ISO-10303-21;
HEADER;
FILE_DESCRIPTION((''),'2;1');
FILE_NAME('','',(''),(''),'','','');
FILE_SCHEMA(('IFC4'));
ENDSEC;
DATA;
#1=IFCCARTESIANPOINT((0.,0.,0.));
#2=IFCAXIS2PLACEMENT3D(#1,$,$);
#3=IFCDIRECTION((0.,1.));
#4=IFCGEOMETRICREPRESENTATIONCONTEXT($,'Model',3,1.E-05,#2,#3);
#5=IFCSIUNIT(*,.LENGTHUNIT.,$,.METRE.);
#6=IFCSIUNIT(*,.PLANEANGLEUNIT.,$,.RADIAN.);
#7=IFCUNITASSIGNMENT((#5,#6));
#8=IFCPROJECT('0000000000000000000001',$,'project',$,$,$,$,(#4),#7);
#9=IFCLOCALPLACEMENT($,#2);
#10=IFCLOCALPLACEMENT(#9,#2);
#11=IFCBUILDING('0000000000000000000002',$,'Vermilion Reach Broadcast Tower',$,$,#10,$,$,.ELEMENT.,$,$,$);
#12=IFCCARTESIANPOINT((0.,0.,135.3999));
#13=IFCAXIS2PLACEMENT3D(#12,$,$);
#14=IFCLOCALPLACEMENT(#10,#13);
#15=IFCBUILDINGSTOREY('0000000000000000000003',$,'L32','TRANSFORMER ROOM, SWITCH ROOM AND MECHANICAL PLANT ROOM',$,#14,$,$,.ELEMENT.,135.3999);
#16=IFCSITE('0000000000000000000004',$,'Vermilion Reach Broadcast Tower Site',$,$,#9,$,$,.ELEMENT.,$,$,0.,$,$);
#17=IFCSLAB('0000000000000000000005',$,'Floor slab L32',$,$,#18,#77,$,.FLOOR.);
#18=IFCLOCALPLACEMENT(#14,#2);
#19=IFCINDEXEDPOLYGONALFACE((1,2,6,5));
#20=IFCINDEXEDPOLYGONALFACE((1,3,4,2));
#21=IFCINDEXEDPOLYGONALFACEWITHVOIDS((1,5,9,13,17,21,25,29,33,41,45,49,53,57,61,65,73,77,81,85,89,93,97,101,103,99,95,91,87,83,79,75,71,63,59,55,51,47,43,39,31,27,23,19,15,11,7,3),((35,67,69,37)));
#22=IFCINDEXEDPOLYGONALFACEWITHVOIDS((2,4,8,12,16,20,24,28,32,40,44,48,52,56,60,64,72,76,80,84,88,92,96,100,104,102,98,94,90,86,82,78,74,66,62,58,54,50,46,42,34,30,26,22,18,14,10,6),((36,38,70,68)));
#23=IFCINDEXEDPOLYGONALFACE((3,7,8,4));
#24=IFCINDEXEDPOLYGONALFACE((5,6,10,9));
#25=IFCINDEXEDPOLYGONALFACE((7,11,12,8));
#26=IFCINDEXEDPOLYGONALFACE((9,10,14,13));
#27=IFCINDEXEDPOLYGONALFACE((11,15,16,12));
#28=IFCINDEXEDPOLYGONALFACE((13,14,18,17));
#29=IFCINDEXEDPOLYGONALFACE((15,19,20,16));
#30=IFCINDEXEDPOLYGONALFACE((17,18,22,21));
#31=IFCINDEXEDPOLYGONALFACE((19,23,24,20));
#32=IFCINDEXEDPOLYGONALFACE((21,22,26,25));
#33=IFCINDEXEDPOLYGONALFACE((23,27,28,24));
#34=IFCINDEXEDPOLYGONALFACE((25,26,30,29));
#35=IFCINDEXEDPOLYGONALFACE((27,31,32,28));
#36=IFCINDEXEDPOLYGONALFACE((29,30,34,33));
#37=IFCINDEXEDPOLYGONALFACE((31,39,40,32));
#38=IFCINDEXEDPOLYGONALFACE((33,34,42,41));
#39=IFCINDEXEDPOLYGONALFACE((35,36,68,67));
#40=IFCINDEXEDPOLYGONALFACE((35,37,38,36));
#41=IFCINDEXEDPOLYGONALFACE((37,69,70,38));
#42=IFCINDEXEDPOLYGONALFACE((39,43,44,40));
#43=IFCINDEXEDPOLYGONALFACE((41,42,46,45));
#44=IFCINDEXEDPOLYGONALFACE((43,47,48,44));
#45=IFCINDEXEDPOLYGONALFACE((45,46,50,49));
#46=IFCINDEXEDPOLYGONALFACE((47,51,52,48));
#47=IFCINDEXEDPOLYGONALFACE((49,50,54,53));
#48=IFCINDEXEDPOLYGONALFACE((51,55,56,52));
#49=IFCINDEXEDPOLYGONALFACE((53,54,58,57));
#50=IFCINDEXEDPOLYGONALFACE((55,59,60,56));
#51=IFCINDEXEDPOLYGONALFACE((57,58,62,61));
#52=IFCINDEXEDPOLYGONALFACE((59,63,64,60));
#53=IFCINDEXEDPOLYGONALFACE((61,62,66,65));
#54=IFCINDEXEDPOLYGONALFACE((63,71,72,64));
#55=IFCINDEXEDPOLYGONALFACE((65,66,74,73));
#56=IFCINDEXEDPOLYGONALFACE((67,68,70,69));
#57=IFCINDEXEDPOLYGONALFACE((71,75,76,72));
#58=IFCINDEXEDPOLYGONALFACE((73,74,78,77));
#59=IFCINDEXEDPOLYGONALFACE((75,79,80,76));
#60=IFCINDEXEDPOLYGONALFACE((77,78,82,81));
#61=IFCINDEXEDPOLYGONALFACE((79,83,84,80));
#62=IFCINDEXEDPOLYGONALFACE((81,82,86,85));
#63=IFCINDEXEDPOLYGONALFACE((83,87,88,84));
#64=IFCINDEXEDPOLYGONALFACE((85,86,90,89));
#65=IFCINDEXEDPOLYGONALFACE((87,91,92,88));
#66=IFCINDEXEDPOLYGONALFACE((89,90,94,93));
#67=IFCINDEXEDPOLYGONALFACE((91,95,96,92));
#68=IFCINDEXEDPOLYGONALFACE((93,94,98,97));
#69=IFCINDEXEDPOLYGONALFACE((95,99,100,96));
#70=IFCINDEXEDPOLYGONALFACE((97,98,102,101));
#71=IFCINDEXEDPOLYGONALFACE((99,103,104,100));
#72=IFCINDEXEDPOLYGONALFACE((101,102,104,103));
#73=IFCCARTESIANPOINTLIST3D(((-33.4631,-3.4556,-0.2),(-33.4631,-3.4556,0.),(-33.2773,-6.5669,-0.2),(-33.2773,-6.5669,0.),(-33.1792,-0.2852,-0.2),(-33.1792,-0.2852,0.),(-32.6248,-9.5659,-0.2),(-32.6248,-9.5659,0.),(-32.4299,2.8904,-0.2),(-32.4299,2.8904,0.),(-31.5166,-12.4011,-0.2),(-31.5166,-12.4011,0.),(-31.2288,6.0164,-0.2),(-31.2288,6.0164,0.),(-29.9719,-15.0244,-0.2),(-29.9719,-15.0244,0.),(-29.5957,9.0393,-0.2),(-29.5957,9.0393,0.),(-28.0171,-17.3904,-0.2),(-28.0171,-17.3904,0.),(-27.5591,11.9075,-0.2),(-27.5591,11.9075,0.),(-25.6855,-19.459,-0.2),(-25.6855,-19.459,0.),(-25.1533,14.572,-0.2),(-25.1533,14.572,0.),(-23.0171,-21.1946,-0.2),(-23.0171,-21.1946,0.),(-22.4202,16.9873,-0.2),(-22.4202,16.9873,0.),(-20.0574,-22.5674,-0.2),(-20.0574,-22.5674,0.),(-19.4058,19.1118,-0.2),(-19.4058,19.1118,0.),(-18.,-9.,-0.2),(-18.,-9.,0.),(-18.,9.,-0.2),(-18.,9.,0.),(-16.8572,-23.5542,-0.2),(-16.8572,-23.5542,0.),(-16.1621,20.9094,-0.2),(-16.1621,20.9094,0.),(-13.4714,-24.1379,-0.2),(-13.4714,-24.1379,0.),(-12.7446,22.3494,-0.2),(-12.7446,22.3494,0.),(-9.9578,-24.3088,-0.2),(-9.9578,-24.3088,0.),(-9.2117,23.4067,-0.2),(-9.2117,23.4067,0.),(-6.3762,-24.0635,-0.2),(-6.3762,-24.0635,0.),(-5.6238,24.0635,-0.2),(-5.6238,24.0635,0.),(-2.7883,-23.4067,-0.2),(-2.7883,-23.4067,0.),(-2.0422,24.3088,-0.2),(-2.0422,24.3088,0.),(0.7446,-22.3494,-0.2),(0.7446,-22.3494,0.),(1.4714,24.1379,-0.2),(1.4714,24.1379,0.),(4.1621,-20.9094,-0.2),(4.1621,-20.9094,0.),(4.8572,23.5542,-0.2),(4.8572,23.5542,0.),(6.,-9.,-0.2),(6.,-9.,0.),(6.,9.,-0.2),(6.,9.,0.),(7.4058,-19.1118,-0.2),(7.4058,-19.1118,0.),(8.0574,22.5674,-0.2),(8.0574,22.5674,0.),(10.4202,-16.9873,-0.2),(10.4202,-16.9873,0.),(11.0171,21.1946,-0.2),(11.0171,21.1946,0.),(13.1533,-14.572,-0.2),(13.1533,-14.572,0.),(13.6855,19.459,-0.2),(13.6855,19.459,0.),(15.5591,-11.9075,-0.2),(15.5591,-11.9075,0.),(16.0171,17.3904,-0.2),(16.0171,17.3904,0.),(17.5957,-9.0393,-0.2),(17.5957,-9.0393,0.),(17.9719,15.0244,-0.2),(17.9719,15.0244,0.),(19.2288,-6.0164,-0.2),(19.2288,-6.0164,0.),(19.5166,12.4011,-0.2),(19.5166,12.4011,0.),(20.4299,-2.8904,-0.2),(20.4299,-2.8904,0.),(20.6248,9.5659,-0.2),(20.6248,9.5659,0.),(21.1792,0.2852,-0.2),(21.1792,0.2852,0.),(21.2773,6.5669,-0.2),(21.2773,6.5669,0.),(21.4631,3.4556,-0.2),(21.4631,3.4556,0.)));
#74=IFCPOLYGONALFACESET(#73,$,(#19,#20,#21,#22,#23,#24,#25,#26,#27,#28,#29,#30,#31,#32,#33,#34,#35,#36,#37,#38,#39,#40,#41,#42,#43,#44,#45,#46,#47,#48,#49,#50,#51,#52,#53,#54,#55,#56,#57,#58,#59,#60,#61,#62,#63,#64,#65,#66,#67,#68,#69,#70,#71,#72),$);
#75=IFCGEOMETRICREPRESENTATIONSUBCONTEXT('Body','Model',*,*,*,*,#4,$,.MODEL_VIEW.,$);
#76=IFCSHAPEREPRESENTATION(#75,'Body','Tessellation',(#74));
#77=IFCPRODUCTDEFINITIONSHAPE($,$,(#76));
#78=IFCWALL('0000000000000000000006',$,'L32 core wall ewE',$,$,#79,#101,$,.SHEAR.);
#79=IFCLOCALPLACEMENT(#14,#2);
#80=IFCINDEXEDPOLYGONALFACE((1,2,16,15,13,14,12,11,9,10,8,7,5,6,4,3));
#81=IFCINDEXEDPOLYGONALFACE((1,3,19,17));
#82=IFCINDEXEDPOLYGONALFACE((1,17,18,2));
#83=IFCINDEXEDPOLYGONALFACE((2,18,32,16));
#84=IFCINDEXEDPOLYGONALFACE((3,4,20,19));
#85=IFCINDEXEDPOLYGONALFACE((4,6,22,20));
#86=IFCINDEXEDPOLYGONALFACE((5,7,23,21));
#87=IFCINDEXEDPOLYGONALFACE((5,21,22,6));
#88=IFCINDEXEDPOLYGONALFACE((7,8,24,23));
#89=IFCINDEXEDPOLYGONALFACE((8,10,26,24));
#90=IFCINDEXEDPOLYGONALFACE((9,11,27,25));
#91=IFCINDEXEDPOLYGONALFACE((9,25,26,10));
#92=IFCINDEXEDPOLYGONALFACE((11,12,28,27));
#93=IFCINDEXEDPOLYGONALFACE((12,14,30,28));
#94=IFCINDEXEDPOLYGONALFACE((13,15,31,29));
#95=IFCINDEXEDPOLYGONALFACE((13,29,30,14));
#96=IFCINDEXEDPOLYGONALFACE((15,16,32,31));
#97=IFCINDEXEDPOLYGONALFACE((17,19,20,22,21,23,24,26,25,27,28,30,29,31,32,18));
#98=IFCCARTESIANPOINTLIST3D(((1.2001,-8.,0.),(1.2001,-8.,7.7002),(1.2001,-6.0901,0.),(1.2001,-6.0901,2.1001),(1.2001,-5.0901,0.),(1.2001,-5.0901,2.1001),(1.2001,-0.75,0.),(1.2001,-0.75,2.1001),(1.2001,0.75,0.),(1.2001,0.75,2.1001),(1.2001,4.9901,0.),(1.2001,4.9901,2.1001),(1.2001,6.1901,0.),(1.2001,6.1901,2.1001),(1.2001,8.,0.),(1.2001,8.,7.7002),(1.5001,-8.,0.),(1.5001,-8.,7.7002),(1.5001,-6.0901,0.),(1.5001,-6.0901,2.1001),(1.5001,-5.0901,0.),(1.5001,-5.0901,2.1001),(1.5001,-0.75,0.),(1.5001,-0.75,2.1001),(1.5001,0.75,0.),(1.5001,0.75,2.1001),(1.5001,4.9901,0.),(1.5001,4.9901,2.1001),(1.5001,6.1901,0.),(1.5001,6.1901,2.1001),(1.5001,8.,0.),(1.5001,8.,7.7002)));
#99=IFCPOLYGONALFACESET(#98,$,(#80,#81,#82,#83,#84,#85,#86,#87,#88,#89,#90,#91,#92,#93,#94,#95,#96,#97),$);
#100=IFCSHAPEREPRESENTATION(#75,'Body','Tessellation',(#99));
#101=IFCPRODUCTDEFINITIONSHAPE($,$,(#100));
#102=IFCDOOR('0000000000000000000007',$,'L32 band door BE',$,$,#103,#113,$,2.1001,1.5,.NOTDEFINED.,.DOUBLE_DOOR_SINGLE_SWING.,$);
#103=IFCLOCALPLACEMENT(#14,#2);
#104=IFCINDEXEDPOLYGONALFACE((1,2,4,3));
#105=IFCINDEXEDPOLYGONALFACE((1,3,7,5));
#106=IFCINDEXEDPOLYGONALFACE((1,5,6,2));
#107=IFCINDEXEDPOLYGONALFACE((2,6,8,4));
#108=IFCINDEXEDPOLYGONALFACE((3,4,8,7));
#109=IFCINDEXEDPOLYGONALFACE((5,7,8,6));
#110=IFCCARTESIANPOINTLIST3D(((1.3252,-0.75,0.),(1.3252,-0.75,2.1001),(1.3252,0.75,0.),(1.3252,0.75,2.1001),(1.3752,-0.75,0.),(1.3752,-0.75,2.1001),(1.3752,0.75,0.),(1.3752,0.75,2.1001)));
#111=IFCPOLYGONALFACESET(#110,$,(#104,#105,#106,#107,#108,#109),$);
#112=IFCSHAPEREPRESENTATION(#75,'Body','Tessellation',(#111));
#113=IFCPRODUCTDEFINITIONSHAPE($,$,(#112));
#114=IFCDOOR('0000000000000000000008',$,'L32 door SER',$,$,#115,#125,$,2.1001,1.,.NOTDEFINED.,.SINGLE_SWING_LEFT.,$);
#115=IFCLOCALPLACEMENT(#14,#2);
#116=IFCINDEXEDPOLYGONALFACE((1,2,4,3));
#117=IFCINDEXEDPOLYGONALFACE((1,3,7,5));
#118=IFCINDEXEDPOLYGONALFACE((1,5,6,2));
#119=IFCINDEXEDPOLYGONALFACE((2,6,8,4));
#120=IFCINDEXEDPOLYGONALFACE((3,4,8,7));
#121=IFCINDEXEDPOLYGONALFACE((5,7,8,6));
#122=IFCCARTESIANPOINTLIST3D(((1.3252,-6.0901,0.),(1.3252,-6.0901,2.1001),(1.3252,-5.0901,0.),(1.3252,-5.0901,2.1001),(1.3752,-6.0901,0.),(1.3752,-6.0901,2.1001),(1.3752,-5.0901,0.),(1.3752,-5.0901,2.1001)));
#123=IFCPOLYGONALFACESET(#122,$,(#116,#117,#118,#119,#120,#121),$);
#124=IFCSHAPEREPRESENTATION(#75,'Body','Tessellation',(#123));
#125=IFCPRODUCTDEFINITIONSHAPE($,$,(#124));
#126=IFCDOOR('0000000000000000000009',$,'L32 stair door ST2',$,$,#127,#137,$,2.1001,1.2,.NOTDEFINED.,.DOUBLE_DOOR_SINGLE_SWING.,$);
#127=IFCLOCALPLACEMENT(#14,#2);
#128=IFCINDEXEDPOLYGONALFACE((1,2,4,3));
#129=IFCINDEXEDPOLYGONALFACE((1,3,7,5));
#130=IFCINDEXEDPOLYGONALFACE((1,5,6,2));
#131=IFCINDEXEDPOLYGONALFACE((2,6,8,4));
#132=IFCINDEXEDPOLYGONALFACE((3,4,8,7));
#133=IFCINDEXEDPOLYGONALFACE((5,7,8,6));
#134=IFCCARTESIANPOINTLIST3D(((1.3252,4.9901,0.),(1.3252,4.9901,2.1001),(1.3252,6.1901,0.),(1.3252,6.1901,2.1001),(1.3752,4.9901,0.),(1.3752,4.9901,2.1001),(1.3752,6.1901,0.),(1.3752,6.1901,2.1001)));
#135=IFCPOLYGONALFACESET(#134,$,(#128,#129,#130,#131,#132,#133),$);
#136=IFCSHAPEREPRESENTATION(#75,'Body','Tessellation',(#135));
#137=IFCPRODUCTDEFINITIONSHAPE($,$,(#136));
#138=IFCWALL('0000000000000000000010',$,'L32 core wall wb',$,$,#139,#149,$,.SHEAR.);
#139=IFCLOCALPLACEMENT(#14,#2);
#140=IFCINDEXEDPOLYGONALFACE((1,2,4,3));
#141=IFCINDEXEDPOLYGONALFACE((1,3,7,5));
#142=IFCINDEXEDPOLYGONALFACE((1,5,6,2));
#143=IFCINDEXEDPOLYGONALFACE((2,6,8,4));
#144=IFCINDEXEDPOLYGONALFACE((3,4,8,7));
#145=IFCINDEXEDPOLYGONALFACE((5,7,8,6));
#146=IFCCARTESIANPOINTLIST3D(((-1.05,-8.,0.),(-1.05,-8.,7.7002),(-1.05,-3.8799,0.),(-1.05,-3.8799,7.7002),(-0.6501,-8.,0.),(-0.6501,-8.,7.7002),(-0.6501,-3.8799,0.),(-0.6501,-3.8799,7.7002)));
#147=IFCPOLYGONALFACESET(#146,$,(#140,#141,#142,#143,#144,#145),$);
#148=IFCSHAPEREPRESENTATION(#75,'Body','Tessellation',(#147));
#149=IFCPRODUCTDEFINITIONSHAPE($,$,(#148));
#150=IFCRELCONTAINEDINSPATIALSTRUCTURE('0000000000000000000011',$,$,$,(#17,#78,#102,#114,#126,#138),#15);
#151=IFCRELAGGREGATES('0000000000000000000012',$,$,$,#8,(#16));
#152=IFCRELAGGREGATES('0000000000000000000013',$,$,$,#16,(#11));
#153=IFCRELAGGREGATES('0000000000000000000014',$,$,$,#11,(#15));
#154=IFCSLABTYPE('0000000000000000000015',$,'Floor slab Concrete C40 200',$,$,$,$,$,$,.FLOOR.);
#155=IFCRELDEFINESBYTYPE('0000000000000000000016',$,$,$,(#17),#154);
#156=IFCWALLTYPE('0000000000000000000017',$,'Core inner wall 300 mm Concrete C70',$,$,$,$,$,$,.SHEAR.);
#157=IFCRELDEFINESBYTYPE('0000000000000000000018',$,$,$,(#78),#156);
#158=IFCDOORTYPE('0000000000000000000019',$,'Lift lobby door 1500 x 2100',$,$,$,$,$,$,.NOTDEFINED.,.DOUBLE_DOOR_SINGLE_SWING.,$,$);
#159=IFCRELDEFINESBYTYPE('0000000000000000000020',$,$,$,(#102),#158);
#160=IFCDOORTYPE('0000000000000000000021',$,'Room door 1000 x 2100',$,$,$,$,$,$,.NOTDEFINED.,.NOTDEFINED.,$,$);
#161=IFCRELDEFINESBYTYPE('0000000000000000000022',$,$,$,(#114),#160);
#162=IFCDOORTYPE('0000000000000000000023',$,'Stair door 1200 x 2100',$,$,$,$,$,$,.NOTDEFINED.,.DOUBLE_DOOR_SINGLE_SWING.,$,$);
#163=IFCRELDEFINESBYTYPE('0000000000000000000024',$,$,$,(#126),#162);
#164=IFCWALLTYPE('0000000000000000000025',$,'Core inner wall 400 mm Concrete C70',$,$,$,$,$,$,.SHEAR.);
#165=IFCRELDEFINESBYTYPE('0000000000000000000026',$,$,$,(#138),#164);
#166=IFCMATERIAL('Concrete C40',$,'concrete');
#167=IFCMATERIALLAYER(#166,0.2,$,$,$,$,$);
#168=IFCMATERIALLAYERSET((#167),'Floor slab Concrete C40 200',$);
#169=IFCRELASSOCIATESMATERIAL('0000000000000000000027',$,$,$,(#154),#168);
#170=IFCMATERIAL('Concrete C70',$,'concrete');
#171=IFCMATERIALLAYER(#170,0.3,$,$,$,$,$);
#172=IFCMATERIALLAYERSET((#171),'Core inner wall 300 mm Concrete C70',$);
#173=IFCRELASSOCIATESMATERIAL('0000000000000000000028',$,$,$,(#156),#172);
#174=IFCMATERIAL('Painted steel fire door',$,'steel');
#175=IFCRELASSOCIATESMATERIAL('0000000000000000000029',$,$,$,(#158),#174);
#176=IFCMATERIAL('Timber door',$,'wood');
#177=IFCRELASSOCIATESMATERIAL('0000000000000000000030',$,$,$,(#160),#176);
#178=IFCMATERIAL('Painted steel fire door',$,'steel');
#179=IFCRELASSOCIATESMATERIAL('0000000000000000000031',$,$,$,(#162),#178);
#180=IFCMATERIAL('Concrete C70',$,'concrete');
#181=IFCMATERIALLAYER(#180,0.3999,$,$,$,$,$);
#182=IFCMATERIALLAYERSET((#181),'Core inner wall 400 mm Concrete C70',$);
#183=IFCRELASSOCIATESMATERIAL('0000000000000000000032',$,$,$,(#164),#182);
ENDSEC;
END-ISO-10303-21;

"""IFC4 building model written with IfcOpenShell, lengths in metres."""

from ifc_helpers import new_model, si_unit, direction, frame, frame_2d, origin, place, context, subcontext, project, spatial, polyline, rectangle, outline, extrude, material, layer, layer_set, type_object, element, fill, save


model = new_model("IFC4")

# Units and contexts
model_context = context("Model", 3, precision=1e-05, world=origin(), true_north=direction((0.0, 1.0)))
body_context = subcontext(model_context, "Body", "Model", "MODEL_VIEW")
ifc_project = project(units=[si_unit("LENGTHUNIT", "METRE"), si_unit("PLANEANGLEUNIT", "RADIAN")], contexts=[model_context])

# Site, building, storey
site_placement = place(None, origin())
site = spatial("IfcSite", under=ifc_project, at=site_placement, Name="Vermilion Reach Broadcast Tower Site", CompositionType="ELEMENT", RefElevation=0.0)
building_placement = place(site_placement, origin())
building = spatial("IfcBuilding", under=site, at=building_placement, Name="Vermilion Reach Broadcast Tower", CompositionType="ELEMENT")
storey_placement = place(building_placement, frame((0.0, 0.0, 135.3999)))
storey = spatial("IfcBuildingStorey", under=building, at=storey_placement, Name="L32", Description="TRANSFORMER ROOM, SWITCH ROOM AND MECHANICAL PLANT ROOM", CompositionType="ELEMENT", Elevation=135.3999)

# Slab
ifc_material_1 = material(Name="Concrete C40", Category="concrete")
ifc_layer_1 = layer(ifc_material_1, 0.2)
ifc_layer_set_1 = layer_set([ifc_layer_1], Name="Floor slab Concrete C40 200")
slab_type_1 = type_object("IfcSlabType", Name="Floor slab Concrete C40 200", PredefinedType="FLOOR", material=ifc_layer_set_1)
slab_1_placement = place(storey_placement, frame((0.0, 0.0, -0.2)))
element("IfcSlab", 1, at=slab_1_placement, inside=storey, type_object=slab_type_1, Name="Floor slab L32", PredefinedType="FLOOR", context=body_context, shape_type="SweptSolid", body=[
    extrude(outline(polyline([(19.5166, 12.4011), (17.9719, 15.0244), (16.0171, 17.3904), (13.6855, 19.459), (11.0171, 21.1946), (8.0574, 22.5674), (4.8572, 23.5542), (1.4714, 24.1379), (-2.0422, 24.3088), (-5.6238, 24.0635), (-9.2117, 23.4067), (-12.7446, 22.3494), (-16.1621, 20.9094), (-19.4058, 19.1118), (-22.4202, 16.9873), (-25.1533, 14.572), (-27.5591, 11.9075), (-29.5957, 9.0393), (-31.2288, 6.0164), (-32.4299, 2.8904), (-33.1792, -0.2852), (-33.4631, -3.4556), (-33.2773, -6.5669), (-32.6248, -9.5659), (-31.5166, -12.4011), (-29.9719, -15.0244), (-28.0171, -17.3904), (-25.6855, -19.459), (-23.0171, -21.1946), (-20.0574, -22.5674), (-16.8572, -23.5542), (-13.4714, -24.1379), (-9.9578, -24.3088), (-6.3762, -24.0635), (-2.7883, -23.4067), (0.7446, -22.3494), (4.1621, -20.9094), (7.4058, -19.1118), (10.4202, -16.9873), (13.1533, -14.572), (15.5591, -11.9075), (17.5957, -9.0393), (19.2288, -6.0164), (20.4299, -2.8904), (21.1792, 0.2852), (21.4631, 3.4556), (21.2773, 6.5669), (20.6248, 9.5659), (19.5166, 12.4011)]), holes=[polyline([(-18.0, -9.0), (6.0, -9.0), (6.0, 9.0), (-18.0, 9.0), (-18.0, -9.0)])]), origin(), (0.0, 0.0, 1.0), 0.2),
])

# Wall, openings, doors
ifc_material_2 = material(Name="Concrete C70", Category="concrete")
ifc_layer_2 = layer(ifc_material_2, 0.3)
ifc_layer_set_2 = layer_set([ifc_layer_2], Name="Core inner wall 300 mm Concrete C70")
wall_type_1 = type_object("IfcWallType", Name="Core inner wall 300 mm Concrete C70", PredefinedType="SHEAR", material=ifc_layer_set_2)
wall_1_placement = place(storey_placement, frame((1.3501, -8.0, 0.0), z_axis=(0.0, 0.0, 1.0), x_axis=(0.0, 1.0, 0.0)))
wall_1 = element("IfcWall", 2, at=wall_1_placement, inside=storey, type_object=wall_type_1, Name="L32 core wall ewE", PredefinedType="SHEAR", context=body_context, shape_type="SweptSolid", body=[
    extrude(rectangle(XDim=16.0, YDim=0.3, at=frame_2d((8.0, 0.0))), origin(), (0.0, 0.0, 1.0), 7.7002),
])
opening_1_placement = place(wall_1_placement, frame((12.99, 0.0, 0.0)))
opening_1 = element("IfcOpeningElement", 3, at=opening_1_placement, cuts=wall_1, PredefinedType="OPENING", context=body_context, shape_type="SweptSolid", body=[
    extrude(rectangle(XDim=1.2, YDim=2.1001, at=frame_2d((0.6001, 1.05))), frame((0.0, 0.1599, 0.0), z_axis=(0.0, -1.0, 0.0), x_axis=(1.0, 0.0, 0.0)), (0.0, 0.0, 1.0), 0.3201),
])
opening_2_placement = place(wall_1_placement, frame((1.9099, 0.0, 0.0)))
opening_2 = element("IfcOpeningElement", 4, at=opening_2_placement, cuts=wall_1, PredefinedType="OPENING", context=body_context, shape_type="SweptSolid", body=[
    extrude(rectangle(XDim=1.0, YDim=2.1001, at=frame_2d((0.5, 1.05))), frame((0.0, 0.1599, 0.0), z_axis=(0.0, -1.0, 0.0), x_axis=(1.0, 0.0, 0.0)), (0.0, 0.0, 1.0), 0.3201),
])
opening_3_placement = place(wall_1_placement, frame((7.25, 0.0, 0.0)))
opening_3 = element("IfcOpeningElement", 5, at=opening_3_placement, cuts=wall_1, PredefinedType="OPENING", context=body_context, shape_type="SweptSolid", body=[
    extrude(rectangle(XDim=1.5, YDim=2.1001, at=frame_2d((0.75, 1.05))), frame((0.0, 0.1599, 0.0), z_axis=(0.0, -1.0, 0.0), x_axis=(1.0, 0.0, 0.0)), (0.0, 0.0, 1.0), 0.3201),
])
ifc_material_3 = material(Name="Painted steel fire door", Category="steel")
door_type_1 = type_object("IfcDoorType", Name="Lift lobby door 1500 x 2100", OperationType="DOUBLE_DOOR_SINGLE_SWING", PredefinedType="NOTDEFINED", material=ifc_material_3)
door_1_placement = place(opening_3_placement, origin())
door_1 = element("IfcDoor", 6, at=door_1_placement, inside=storey, type_object=door_type_1, Name="L32 band door BE", OperationType="DOUBLE_DOOR_SINGLE_SWING", OverallHeight=2.1001, OverallWidth=1.5, PredefinedType="NOTDEFINED", context=body_context, shape_type="SweptSolid", body=[
    extrude(rectangle(XDim=1.5, YDim=2.1001, at=frame_2d((0.75, 1.05))), frame((0.0, 0.0249, 0.0), z_axis=(0.0, -1.0, 0.0), x_axis=(1.0, 0.0, 0.0)), (0.0, 0.0, 1.0), 0.05),
])
fill(opening_3, door_1)
ifc_material_4 = material(Name="Timber door", Category="wood")
door_type_2 = type_object("IfcDoorType", Name="Room door 1000 x 2100", OperationType="NOTDEFINED", PredefinedType="NOTDEFINED", material=ifc_material_4)
door_2_placement = place(opening_2_placement, origin())
door_2 = element("IfcDoor", 7, at=door_2_placement, inside=storey, type_object=door_type_2, Name="L32 door SER", OperationType="SINGLE_SWING_LEFT", OverallHeight=2.1001, OverallWidth=1.0, PredefinedType="NOTDEFINED", context=body_context, shape_type="SweptSolid", body=[
    extrude(rectangle(XDim=1.0, YDim=2.1001, at=frame_2d((0.5, 1.05))), frame((0.0, 0.0249, 0.0), z_axis=(0.0, -1.0, 0.0), x_axis=(1.0, 0.0, 0.0)), (0.0, 0.0, 1.0), 0.05),
])
fill(opening_2, door_2)
ifc_material_5 = material(Name="Painted steel fire door", Category="steel")
door_type_3 = type_object("IfcDoorType", Name="Stair door 1200 x 2100", OperationType="DOUBLE_DOOR_SINGLE_SWING", PredefinedType="NOTDEFINED", material=ifc_material_5)
door_3_placement = place(opening_1_placement, origin())
door_3 = element("IfcDoor", 8, at=door_3_placement, inside=storey, type_object=door_type_3, Name="L32 stair door ST2", OperationType="DOUBLE_DOOR_SINGLE_SWING", OverallHeight=2.1001, OverallWidth=1.2, PredefinedType="NOTDEFINED", context=body_context, shape_type="SweptSolid", body=[
    extrude(rectangle(XDim=1.2, YDim=2.1001, at=frame_2d((0.6001, 1.05))), frame((0.0, 0.0249, 0.0), z_axis=(0.0, -1.0, 0.0), x_axis=(1.0, 0.0, 0.0)), (0.0, 0.0, 1.0), 0.05),
])
fill(opening_1, door_3)

# Wall
ifc_material_6 = material(Name="Concrete C70", Category="concrete")
ifc_layer_3 = layer(ifc_material_6, 0.3999)
ifc_layer_set_3 = layer_set([ifc_layer_3], Name="Core inner wall 400 mm Concrete C70")
wall_type_2 = type_object("IfcWallType", Name="Core inner wall 400 mm Concrete C70", PredefinedType="SHEAR", material=ifc_layer_set_3)
wall_2_placement = place(storey_placement, frame((-0.8501, -3.8799, 0.0), z_axis=(0.0, 0.0, 1.0), x_axis=(0.0, -1.0, 0.0)))
element("IfcWall", 9, at=wall_2_placement, inside=storey, type_object=wall_type_2, Name="L32 core wall wb", PredefinedType="SHEAR", context=body_context, shape_type="SweptSolid", body=[
    extrude(rectangle(XDim=4.1201, YDim=0.3999, at=frame_2d((2.0601, 0.0))), origin(), (0.0, 0.0, 1.0), 7.7002),
])

save(model, "model.ifc")
